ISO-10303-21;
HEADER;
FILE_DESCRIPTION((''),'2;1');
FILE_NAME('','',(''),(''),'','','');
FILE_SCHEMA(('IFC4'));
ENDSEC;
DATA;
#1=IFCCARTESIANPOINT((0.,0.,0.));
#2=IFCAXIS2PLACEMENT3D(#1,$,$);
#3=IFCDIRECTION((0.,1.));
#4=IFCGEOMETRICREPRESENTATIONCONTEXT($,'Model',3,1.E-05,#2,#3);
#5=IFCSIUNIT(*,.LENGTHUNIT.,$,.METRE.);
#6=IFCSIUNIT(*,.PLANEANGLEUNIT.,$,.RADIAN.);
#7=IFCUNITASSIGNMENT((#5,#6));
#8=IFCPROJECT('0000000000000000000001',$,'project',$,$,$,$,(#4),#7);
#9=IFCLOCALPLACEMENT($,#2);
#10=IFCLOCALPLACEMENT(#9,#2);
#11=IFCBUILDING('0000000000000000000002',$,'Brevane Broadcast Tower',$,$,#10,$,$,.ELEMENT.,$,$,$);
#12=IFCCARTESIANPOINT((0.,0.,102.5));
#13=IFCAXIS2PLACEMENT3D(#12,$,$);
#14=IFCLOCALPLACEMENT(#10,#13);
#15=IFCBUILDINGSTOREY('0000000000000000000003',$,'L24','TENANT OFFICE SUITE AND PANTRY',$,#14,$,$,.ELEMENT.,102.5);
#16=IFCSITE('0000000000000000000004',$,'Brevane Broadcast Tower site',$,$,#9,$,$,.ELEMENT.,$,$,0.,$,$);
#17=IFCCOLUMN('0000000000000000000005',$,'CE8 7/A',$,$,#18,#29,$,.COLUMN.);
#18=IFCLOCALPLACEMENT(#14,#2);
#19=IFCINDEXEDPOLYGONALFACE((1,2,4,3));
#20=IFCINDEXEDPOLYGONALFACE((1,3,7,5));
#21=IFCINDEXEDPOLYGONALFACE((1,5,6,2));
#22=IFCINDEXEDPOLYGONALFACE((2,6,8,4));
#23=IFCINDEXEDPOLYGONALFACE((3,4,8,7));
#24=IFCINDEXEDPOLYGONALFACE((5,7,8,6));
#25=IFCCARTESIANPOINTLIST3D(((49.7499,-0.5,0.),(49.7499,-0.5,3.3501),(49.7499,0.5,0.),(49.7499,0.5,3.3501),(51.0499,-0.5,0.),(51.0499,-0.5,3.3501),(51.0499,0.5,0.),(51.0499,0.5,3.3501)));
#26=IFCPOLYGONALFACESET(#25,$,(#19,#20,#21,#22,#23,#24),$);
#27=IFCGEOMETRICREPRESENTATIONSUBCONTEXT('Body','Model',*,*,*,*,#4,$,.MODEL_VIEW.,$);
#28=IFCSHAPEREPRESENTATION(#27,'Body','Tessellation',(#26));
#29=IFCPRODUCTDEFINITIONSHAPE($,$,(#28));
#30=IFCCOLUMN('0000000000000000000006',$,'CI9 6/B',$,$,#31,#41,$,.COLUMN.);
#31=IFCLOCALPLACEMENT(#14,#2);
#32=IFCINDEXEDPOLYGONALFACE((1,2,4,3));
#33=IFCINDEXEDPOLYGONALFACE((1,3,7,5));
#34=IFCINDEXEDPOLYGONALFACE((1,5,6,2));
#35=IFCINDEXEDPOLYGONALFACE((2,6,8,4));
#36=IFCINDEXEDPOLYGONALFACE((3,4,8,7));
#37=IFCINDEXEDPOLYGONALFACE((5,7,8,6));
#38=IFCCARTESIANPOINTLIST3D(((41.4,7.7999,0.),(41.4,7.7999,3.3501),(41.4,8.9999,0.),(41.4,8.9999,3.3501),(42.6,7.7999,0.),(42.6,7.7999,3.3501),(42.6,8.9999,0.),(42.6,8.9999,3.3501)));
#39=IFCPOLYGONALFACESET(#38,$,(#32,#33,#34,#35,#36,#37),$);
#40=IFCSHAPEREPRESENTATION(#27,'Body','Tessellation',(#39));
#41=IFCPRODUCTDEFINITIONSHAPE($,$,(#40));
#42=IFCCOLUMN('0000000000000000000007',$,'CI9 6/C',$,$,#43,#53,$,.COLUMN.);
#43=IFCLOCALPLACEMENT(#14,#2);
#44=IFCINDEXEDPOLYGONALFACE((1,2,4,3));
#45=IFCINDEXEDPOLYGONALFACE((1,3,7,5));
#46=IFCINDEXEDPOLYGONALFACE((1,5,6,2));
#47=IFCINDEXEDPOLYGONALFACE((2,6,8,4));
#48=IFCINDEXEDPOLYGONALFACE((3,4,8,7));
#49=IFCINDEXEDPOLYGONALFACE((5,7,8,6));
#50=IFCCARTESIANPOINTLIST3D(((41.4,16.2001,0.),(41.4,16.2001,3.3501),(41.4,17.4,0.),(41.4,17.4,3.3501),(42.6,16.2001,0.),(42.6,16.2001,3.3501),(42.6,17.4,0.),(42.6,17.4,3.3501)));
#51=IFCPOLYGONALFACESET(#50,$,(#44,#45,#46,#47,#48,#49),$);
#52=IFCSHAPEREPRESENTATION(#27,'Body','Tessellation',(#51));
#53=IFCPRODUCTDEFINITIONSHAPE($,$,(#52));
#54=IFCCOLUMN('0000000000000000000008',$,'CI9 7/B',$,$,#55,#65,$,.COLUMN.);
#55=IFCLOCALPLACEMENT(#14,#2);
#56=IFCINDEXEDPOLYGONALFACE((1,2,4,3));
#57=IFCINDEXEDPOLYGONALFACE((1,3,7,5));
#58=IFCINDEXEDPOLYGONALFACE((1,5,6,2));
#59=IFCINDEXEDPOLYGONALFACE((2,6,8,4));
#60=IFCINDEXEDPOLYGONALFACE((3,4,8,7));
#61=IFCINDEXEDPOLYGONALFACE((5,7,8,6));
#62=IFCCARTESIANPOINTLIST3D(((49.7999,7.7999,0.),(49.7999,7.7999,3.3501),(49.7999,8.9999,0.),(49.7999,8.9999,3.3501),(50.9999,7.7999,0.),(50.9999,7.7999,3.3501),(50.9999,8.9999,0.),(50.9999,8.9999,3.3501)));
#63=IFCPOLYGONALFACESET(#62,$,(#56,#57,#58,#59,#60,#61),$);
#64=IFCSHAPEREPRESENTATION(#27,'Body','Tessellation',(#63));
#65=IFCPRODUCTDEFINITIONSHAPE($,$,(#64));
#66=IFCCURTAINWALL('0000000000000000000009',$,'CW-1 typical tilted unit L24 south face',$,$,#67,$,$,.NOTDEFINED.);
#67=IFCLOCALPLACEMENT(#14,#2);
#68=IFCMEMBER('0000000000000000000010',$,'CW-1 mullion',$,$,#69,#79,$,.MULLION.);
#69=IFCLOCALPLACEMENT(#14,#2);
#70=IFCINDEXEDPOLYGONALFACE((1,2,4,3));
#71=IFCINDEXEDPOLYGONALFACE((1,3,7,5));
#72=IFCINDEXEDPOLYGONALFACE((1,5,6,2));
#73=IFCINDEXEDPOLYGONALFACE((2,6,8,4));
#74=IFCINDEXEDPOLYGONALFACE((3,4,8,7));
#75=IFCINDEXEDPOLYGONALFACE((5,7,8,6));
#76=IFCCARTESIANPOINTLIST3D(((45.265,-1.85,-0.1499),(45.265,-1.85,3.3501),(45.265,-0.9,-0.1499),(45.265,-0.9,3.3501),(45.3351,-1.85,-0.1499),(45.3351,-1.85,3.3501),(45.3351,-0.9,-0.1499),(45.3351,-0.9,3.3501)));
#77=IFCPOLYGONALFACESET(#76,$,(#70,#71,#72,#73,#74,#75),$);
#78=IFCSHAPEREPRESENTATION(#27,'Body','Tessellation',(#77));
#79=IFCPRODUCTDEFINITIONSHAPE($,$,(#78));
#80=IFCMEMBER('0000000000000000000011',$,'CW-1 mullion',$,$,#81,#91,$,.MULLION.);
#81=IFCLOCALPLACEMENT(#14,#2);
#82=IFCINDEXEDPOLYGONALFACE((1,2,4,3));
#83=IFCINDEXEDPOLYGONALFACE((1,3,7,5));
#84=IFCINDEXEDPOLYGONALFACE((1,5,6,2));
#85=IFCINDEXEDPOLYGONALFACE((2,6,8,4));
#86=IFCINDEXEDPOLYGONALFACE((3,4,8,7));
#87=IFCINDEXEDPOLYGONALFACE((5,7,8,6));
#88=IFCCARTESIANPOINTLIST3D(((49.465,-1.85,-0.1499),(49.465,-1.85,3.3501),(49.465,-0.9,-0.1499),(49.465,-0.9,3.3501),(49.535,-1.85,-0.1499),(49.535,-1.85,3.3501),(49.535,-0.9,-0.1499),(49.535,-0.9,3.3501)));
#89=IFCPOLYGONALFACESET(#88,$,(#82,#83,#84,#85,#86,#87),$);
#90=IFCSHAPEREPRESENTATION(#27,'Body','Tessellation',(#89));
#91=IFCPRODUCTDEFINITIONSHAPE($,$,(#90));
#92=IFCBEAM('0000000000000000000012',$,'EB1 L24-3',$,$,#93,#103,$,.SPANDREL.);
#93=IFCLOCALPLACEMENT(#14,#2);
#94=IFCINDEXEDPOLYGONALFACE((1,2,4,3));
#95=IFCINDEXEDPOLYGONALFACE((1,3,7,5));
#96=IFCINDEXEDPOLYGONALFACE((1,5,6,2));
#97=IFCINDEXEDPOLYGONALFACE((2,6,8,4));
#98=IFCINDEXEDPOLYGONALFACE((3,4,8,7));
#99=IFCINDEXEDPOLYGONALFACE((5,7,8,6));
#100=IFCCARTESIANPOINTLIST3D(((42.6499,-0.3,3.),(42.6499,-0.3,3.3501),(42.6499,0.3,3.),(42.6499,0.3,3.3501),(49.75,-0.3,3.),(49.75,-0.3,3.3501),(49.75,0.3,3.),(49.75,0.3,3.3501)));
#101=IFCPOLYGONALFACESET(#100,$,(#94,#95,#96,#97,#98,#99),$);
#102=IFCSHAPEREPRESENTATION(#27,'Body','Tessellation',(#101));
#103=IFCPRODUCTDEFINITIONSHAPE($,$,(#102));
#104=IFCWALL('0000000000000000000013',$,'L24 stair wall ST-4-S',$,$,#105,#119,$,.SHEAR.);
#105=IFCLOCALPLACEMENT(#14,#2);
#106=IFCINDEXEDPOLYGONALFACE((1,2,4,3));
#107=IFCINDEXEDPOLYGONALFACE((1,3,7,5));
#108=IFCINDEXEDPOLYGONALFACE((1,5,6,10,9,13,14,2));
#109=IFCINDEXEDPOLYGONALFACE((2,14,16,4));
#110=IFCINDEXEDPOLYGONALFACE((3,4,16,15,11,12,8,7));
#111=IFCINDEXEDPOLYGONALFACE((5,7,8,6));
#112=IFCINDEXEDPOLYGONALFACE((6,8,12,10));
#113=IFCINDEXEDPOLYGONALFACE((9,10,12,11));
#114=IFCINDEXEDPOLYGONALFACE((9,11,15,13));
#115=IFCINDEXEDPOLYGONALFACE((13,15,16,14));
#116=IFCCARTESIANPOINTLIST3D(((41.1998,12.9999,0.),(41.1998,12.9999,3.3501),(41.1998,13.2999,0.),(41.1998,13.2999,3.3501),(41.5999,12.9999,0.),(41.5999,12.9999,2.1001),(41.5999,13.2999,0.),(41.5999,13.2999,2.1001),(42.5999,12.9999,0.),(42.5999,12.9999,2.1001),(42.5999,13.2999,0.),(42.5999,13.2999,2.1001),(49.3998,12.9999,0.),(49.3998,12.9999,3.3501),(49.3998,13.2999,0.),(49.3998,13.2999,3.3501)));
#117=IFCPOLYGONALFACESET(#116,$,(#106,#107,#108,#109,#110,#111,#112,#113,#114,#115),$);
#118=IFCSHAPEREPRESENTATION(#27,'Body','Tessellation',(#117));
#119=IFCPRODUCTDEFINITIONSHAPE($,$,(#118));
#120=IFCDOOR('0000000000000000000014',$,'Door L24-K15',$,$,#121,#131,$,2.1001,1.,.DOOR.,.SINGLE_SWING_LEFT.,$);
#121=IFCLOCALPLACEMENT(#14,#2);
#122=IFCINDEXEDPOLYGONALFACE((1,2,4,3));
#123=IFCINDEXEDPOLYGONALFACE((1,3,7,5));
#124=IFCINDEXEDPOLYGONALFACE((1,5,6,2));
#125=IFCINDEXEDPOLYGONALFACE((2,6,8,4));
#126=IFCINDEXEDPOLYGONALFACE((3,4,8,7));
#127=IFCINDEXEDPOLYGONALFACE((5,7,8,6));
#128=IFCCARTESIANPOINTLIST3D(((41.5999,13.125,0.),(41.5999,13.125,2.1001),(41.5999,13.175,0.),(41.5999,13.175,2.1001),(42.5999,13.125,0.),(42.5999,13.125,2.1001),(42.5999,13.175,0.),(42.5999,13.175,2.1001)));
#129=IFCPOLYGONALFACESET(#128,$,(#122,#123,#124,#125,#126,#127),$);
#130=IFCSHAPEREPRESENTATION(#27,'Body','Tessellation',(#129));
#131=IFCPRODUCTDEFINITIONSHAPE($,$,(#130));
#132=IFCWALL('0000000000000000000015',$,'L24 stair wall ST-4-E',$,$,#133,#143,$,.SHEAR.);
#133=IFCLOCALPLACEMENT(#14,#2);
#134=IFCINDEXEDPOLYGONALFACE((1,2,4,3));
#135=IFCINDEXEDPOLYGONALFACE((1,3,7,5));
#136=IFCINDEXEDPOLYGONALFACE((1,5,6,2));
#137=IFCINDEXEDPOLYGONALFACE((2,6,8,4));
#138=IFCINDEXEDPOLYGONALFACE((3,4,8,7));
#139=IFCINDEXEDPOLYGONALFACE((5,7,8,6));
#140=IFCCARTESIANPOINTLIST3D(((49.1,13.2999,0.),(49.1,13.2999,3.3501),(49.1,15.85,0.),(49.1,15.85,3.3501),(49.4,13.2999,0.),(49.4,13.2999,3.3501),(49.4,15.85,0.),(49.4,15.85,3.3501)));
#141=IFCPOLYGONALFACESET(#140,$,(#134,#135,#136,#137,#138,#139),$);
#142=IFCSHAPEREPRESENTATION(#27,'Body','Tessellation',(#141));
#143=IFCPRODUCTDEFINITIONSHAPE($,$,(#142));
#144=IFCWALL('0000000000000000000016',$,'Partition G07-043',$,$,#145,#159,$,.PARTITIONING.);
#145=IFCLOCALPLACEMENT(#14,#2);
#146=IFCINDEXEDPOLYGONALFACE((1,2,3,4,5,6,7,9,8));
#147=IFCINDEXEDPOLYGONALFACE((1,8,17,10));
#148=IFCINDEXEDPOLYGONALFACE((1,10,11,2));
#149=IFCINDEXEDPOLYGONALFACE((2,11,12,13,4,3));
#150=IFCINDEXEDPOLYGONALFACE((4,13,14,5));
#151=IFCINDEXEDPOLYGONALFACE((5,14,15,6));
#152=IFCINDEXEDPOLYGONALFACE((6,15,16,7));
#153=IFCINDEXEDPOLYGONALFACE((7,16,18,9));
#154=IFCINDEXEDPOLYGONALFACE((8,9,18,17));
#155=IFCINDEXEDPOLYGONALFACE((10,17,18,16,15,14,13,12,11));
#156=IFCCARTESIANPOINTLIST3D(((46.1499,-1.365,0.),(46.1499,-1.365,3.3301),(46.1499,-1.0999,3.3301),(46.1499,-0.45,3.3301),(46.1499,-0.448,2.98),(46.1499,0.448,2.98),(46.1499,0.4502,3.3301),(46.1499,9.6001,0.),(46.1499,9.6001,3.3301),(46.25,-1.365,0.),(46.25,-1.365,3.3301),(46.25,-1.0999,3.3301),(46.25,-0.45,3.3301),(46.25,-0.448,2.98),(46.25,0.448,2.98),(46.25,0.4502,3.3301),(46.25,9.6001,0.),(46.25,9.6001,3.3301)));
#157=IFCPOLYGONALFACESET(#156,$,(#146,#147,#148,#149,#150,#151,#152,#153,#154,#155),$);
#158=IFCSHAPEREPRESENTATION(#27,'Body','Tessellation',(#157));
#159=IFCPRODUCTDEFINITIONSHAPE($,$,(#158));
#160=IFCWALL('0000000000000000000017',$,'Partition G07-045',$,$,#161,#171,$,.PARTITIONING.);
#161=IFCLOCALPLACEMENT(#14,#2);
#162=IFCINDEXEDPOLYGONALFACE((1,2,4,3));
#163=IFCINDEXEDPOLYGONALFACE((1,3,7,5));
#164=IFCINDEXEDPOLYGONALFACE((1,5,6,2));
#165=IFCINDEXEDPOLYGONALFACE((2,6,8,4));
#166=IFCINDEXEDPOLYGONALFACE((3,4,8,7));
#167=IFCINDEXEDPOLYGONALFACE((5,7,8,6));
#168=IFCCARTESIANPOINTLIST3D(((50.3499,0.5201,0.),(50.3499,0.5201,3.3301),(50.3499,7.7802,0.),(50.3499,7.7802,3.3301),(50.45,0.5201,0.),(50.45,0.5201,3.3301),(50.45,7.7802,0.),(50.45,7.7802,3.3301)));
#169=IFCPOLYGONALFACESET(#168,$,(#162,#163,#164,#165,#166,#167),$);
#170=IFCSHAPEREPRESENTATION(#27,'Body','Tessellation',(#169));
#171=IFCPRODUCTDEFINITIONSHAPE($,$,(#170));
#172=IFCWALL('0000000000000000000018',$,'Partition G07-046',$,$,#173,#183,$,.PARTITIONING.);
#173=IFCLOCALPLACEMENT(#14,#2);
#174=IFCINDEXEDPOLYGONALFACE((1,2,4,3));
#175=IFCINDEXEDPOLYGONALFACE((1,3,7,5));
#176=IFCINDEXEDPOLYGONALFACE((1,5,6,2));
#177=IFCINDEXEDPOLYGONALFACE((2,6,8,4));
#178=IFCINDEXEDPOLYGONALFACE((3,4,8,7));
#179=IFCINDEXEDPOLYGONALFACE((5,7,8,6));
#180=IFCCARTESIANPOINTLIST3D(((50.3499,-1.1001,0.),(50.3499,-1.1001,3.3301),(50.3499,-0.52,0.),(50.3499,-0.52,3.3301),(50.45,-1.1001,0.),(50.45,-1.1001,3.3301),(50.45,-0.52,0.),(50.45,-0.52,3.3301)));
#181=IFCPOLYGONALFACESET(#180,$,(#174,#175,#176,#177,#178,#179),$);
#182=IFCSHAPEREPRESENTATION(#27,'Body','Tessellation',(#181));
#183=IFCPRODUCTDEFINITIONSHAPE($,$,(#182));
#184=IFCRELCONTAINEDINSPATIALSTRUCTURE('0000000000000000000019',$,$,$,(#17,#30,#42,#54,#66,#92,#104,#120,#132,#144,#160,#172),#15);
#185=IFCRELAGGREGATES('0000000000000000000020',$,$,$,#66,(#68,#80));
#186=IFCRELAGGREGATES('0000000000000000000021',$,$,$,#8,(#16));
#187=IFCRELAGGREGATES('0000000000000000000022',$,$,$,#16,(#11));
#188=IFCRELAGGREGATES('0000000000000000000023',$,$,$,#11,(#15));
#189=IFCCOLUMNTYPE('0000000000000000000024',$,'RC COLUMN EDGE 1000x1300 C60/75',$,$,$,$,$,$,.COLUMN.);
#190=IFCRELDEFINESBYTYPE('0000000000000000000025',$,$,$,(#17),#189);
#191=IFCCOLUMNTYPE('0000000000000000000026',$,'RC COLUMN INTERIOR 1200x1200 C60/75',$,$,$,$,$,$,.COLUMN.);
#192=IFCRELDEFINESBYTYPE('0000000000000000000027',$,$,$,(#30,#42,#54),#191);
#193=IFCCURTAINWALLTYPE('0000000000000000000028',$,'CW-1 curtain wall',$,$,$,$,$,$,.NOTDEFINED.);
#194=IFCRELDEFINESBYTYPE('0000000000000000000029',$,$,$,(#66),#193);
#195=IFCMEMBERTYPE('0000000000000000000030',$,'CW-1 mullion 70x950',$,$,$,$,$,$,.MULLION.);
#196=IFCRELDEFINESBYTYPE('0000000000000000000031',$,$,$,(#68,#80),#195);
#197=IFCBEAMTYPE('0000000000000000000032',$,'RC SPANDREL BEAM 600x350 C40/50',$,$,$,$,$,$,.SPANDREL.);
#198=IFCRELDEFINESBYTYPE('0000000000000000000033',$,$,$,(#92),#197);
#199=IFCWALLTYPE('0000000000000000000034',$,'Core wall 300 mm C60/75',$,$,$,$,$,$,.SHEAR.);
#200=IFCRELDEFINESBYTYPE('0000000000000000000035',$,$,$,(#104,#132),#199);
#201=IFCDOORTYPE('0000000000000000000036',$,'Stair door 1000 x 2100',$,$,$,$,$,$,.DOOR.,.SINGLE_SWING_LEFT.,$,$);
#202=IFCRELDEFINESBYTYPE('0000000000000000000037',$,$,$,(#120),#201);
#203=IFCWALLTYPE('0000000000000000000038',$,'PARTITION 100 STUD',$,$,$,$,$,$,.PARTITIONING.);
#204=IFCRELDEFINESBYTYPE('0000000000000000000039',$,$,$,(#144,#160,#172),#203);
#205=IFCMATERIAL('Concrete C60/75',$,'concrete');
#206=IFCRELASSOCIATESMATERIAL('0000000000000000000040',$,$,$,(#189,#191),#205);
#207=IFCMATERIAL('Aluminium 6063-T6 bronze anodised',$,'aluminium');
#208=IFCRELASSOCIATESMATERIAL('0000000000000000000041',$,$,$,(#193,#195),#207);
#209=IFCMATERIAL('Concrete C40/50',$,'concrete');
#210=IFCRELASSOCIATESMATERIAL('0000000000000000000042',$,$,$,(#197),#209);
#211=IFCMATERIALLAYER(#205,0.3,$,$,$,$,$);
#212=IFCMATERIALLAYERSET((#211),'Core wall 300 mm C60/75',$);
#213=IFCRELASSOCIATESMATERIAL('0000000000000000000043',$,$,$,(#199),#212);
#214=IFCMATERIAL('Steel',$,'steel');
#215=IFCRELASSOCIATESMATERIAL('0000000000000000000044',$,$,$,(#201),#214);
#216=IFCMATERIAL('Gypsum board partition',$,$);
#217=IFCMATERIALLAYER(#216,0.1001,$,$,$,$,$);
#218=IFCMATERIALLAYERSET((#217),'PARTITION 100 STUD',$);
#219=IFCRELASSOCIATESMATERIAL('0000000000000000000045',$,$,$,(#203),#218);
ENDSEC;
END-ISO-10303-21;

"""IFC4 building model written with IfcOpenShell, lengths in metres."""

from ifc_helpers import new_model, si_unit, direction, frame, frame_2d, origin, origin_2d, place, context, subcontext, project, spatial, polyline, rectangle, outline, extrude, material, layer, layer_set, material_profile, profile_set, type_object, element, fill, aggregate, save


model = new_model("IFC4")

# Units and contexts
model_context = context("Model", 3, precision=1e-05, world=origin(), true_north=direction((0.0, 1.0)))
body_context = subcontext(model_context, "Body", "Model", "MODEL_VIEW")
ifc_project = project(units=[si_unit("LENGTHUNIT", "METRE"), si_unit("PLANEANGLEUNIT", "RADIAN")], contexts=[model_context])

# Site, building, storey
site_placement = place(None, origin())
site = spatial("IfcSite", under=ifc_project, at=site_placement, Name="Brevane Broadcast Tower site", CompositionType="ELEMENT", RefElevation=0.0)
building_placement = place(site_placement, origin())
building = spatial("IfcBuilding", under=site, at=building_placement, Name="Brevane Broadcast Tower", CompositionType="ELEMENT")
storey_placement = place(building_placement, frame((0.0, 0.0, 102.5)))
storey = spatial("IfcBuildingStorey", under=building, at=storey_placement, Name="L24", Description="TENANT OFFICE SUITE AND PANTRY", CompositionType="ELEMENT", Elevation=102.5)

# Columns
ifc_material_1 = material(Name="Concrete C60/75", Category="concrete")
ifc_material_profile_1 = material_profile(ifc_material_1, rectangle(XDim=1.0, YDim=1.3, at=origin_2d()), Name="RC 1000x1300")
ifc_profile_set_1 = profile_set([ifc_material_profile_1], Name="Concrete C60/75")
column_type_1 = type_object("IfcColumnType", Name="RC COLUMN EDGE 1000x1300 C60/75", PredefinedType="COLUMN", material=ifc_profile_set_1)
column_placement = place(storey_placement, frame((50.3999, 0.0, 0.0), z_axis=(0.0, 0.0, 1.0), x_axis=(0.0, 1.0, 0.0)))
element("IfcColumn", 1, at=column_placement, inside=storey, type_object=column_type_1, Name="CE8 7/A", PredefinedType="COLUMN", context=body_context, shape_type="SweptSolid", body=[
    extrude(rectangle(XDim=1.0, YDim=1.3, at=origin_2d()), origin(), (0.0, 0.0, 1.0), 3.3501),
])
ifc_material_profile_2 = material_profile(ifc_material_1, rectangle(XDim=1.2, YDim=1.2, at=origin_2d()), Name="RC 1200x1200")
ifc_profile_set_2 = profile_set([ifc_material_profile_2], Name="Concrete C60/75")
column_type_2 = type_object("IfcColumnType", Name="RC COLUMN INTERIOR 1200x1200 C60/75", PredefinedType="COLUMN", material=ifc_profile_set_2)
for number, where, z_axis, x_axis, name in (
    (2, (42.0, 8.3999, 0.0), (0.0, 0.0, 1.0), (1.0, 0.0, 0.0), "CI9 6/B"),
    (3, (42.0, 16.8, 0.0), (0.0, 0.0, 1.0), (1.0, 0.0, 0.0), "CI9 6/C"),
    (4, (50.3999, 8.3999, 0.0), (0.0, 0.0, 1.0), (1.0, 0.0, 0.0), "CI9 7/B"),
):
    element("IfcColumn", number, at=place(storey_placement, frame(where, z_axis=z_axis, x_axis=x_axis)), inside=storey, type_object=column_type_2, Name=name, PredefinedType="COLUMN", context=body_context, shape_type="SweptSolid", body=[
        extrude(rectangle(XDim=1.2, YDim=1.2, at=origin_2d()), origin(), (0.0, 0.0, 1.0), 3.3501),
    ])

# Curtain wall, members
ifc_material_2 = material(Name="Aluminium 6063-T6 bronze anodised", Category="aluminium")
curtain_wall_type = type_object("IfcCurtainWallType", Name="CW-1 curtain wall", PredefinedType="NOTDEFINED", material=ifc_material_2)
curtain_wall_placement = place(storey_placement, origin())
curtain_wall = element("IfcCurtainWall", 5, at=curtain_wall_placement, inside=storey, type_object=curtain_wall_type, Name="CW-1 typical tilted unit L24 south face", PredefinedType="NOTDEFINED")
ifc_material_profile_3 = material_profile(ifc_material_2, rectangle(XDim=0.95, YDim=0.0701, at=origin_2d()), Name="RECT 70x950")
ifc_profile_set_3 = profile_set([ifc_material_profile_3], Name="Aluminium 6063-T6 bronze anodised")
member_type = type_object("IfcMemberType", Name="CW-1 mullion 70x950", PredefinedType="MULLION", material=ifc_profile_set_3)
member_1_placement = place(storey_placement, frame((45.3, -1.375, -0.1499), z_axis=(0.0, 0.0, 1.0), x_axis=(0.0, 1.0, 0.0)))
member_1 = element("IfcMember", 6, at=member_1_placement, type_object=member_type, Name="CW-1 mullion", PredefinedType="MULLION", context=body_context, shape_type="SweptSolid", body=[
    extrude(rectangle(XDim=0.95, YDim=0.0701, at=origin_2d()), origin(), (0.0, 0.0, 1.0), 3.5),
])
member_2_placement = place(storey_placement, frame((49.5, -1.375, -0.1499), z_axis=(0.0, 0.0, 1.0), x_axis=(0.0, 1.0, 0.0)))
member_2 = element("IfcMember", 7, at=member_2_placement, type_object=member_type, Name="CW-1 mullion", PredefinedType="MULLION", context=body_context, shape_type="SweptSolid", body=[
    extrude(rectangle(XDim=0.95, YDim=0.0701, at=origin_2d()), origin(), (0.0, 0.0, 1.0), 3.5),
])
aggregate(curtain_wall, [member_1, member_2])

# Beam
ifc_material_3 = material(Name="Concrete C40/50", Category="concrete")
ifc_material_profile_4 = material_profile(ifc_material_3, rectangle(XDim=0.6001, YDim=0.3501, at=origin_2d()), Name="RC 600x350")
ifc_profile_set_4 = profile_set([ifc_material_profile_4], Name="Concrete C40/50")
beam_type = type_object("IfcBeamType", Name="RC SPANDREL BEAM 600x350 C40/50", PredefinedType="SPANDREL", material=ifc_profile_set_4)
beam_placement = place(storey_placement, frame((42.6499, 0.0, 3.175), z_axis=(1.0, 0.0, 0.0), x_axis=(0.0, 1.0, 0.0)))
element("IfcBeam", 8, at=beam_placement, inside=storey, type_object=beam_type, Name="EB1 L24-3", PredefinedType="SPANDREL", context=body_context, shape_type="SweptSolid", body=[
    extrude(rectangle(XDim=0.6001, YDim=0.3501, at=origin_2d()), origin(), (0.0, 0.0, 1.0), 7.1001),
])

# Wall, opening, door
ifc_layer_1 = layer(ifc_material_1, 0.3)
ifc_layer_set_1 = layer_set([ifc_layer_1], Name="Core wall 300 mm C60/75")
wall_type_1 = type_object("IfcWallType", Name="Core wall 300 mm C60/75", PredefinedType="SHEAR", material=ifc_layer_set_1)
wall_1_placement = place(storey_placement, frame((49.3999, 13.1499, 0.0), z_axis=(0.0, 0.0, 1.0), x_axis=(-1.0, 0.0, 0.0)))
wall_1 = element("IfcWall", 9, at=wall_1_placement, inside=storey, type_object=wall_type_1, Name="L24 stair wall ST-4-S", PredefinedType="SHEAR", context=body_context, shape_type="SweptSolid", body=[
    extrude(rectangle(XDim=8.2, YDim=0.3, at=frame_2d((4.1001, 0.0))), origin(), (0.0, 0.0, 1.0), 3.3501),
])
opening_1_placement = place(wall_1_placement, frame((6.8, 0.0, 0.0)))
opening_1 = element("IfcOpeningElement", 10, at=opening_1_placement, cuts=wall_1, PredefinedType="OPENING", context=body_context, shape_type="SweptSolid", body=[
    extrude(rectangle(XDim=1.0, YDim=2.1001, at=frame_2d((0.5, 1.05))), frame((0.0, 0.1599, 0.0), z_axis=(0.0, -1.0, 0.0), x_axis=(1.0, 0.0, 0.0)), (0.0, 0.0, 1.0), 0.3201),
])
ifc_material_4 = material(Name="Steel", Category="steel")
door_type_1 = type_object("IfcDoorType", Name="Stair door 1000 x 2100", OperationType="SINGLE_SWING_LEFT", PredefinedType="DOOR", material=ifc_material_4)
door_1_placement = place(opening_1_placement, origin())
door_1 = element("IfcDoor", 11, at=door_1_placement, inside=storey, type_object=door_type_1, Name="Door L24-K15", OperationType="SINGLE_SWING_LEFT", OverallHeight=2.1001, OverallWidth=1.0, PredefinedType="DOOR", context=body_context, shape_type="SweptSolid", body=[
    extrude(rectangle(XDim=1.0, YDim=2.1001, at=frame_2d((0.5, 1.05))), frame((0.0, 0.0249, 0.0), z_axis=(0.0, -1.0, 0.0), x_axis=(1.0, 0.0, 0.0)), (0.0, 0.0, 1.0), 0.05),
])
fill(opening_1, door_1)

# Walls
wall_2_placement = place(storey_placement, frame((49.25, 13.3, 0.0), z_axis=(0.0, 0.0, 1.0), x_axis=(0.0, 1.0, 0.0)))
element("IfcWall", 12, at=wall_2_placement, inside=storey, type_object=wall_type_1, Name="L24 stair wall ST-4-E", PredefinedType="SHEAR", context=body_context, shape_type="SweptSolid", body=[
    extrude(rectangle(XDim=2.55, YDim=0.3, at=frame_2d((1.2749, 0.0))), origin(), (0.0, 0.0, 1.0), 3.3501),
])
ifc_material_5 = material(Name="Gypsum board partition")
ifc_layer_2 = layer(ifc_material_5, 0.1001)
ifc_layer_set_2 = layer_set([ifc_layer_2], Name="PARTITION 100 STUD")
wall_type_2 = type_object("IfcWallType", Name="PARTITION 100 STUD", PredefinedType="PARTITIONING", material=ifc_layer_set_2)
wall_3_placement = place(storey_placement, frame((46.2, 9.6001, 0.0), z_axis=(0.0, 0.0, 1.0), x_axis=(0.0, -1.0, 0.0)))
element("IfcWall", 13, at=wall_3_placement, inside=storey, type_object=wall_type_2, Name="Partition G07-043", PredefinedType="PARTITIONING", context=body_context, shape_type="SweptSolid", body=[
    extrude(outline(polyline([(0.0, 0.0), (10.9651, 0.0), (10.9651, 3.3301), (10.7, 3.3301), (10.05, 3.3301), (10.0481, 2.98), (9.1521, 2.98), (9.1499, 3.3301), (0.0, 3.3301), (0.0, 0.0)])), frame((0.0, 0.05, 0.0), z_axis=(0.0, -1.0, 0.0), x_axis=(1.0, 0.0, 0.0)), (0.0, 0.0, 1.0), 0.1001),
])
wall_4_placement = place(storey_placement, frame((50.3999, 7.78, 0.0), z_axis=(0.0, 0.0, 1.0), x_axis=(0.0, -1.0, 0.0)))
element("IfcWall", 14, at=wall_4_placement, inside=storey, type_object=wall_type_2, Name="Partition G07-045", PredefinedType="PARTITIONING", context=body_context, shape_type="SweptSolid", body=[
    extrude(rectangle(XDim=7.26, YDim=0.1001, at=frame_2d((3.6299, 0.0))), origin(), (0.0, 0.0, 1.0), 3.3301),
])
wall_5_placement = place(storey_placement, frame((50.3999, -0.52, 0.0), z_axis=(0.0, 0.0, 1.0), x_axis=(0.0, -1.0, 0.0)))
element("IfcWall", 15, at=wall_5_placement, inside=storey, type_object=wall_type_2, Name="Partition G07-046", PredefinedType="PARTITIONING", context=body_context, shape_type="SweptSolid", body=[
    extrude(rectangle(XDim=0.5801, YDim=0.1001, at=frame_2d((0.29, 0.0))), origin(), (0.0, 0.0, 1.0), 3.3301),
])

save(model, "model.ifc")
